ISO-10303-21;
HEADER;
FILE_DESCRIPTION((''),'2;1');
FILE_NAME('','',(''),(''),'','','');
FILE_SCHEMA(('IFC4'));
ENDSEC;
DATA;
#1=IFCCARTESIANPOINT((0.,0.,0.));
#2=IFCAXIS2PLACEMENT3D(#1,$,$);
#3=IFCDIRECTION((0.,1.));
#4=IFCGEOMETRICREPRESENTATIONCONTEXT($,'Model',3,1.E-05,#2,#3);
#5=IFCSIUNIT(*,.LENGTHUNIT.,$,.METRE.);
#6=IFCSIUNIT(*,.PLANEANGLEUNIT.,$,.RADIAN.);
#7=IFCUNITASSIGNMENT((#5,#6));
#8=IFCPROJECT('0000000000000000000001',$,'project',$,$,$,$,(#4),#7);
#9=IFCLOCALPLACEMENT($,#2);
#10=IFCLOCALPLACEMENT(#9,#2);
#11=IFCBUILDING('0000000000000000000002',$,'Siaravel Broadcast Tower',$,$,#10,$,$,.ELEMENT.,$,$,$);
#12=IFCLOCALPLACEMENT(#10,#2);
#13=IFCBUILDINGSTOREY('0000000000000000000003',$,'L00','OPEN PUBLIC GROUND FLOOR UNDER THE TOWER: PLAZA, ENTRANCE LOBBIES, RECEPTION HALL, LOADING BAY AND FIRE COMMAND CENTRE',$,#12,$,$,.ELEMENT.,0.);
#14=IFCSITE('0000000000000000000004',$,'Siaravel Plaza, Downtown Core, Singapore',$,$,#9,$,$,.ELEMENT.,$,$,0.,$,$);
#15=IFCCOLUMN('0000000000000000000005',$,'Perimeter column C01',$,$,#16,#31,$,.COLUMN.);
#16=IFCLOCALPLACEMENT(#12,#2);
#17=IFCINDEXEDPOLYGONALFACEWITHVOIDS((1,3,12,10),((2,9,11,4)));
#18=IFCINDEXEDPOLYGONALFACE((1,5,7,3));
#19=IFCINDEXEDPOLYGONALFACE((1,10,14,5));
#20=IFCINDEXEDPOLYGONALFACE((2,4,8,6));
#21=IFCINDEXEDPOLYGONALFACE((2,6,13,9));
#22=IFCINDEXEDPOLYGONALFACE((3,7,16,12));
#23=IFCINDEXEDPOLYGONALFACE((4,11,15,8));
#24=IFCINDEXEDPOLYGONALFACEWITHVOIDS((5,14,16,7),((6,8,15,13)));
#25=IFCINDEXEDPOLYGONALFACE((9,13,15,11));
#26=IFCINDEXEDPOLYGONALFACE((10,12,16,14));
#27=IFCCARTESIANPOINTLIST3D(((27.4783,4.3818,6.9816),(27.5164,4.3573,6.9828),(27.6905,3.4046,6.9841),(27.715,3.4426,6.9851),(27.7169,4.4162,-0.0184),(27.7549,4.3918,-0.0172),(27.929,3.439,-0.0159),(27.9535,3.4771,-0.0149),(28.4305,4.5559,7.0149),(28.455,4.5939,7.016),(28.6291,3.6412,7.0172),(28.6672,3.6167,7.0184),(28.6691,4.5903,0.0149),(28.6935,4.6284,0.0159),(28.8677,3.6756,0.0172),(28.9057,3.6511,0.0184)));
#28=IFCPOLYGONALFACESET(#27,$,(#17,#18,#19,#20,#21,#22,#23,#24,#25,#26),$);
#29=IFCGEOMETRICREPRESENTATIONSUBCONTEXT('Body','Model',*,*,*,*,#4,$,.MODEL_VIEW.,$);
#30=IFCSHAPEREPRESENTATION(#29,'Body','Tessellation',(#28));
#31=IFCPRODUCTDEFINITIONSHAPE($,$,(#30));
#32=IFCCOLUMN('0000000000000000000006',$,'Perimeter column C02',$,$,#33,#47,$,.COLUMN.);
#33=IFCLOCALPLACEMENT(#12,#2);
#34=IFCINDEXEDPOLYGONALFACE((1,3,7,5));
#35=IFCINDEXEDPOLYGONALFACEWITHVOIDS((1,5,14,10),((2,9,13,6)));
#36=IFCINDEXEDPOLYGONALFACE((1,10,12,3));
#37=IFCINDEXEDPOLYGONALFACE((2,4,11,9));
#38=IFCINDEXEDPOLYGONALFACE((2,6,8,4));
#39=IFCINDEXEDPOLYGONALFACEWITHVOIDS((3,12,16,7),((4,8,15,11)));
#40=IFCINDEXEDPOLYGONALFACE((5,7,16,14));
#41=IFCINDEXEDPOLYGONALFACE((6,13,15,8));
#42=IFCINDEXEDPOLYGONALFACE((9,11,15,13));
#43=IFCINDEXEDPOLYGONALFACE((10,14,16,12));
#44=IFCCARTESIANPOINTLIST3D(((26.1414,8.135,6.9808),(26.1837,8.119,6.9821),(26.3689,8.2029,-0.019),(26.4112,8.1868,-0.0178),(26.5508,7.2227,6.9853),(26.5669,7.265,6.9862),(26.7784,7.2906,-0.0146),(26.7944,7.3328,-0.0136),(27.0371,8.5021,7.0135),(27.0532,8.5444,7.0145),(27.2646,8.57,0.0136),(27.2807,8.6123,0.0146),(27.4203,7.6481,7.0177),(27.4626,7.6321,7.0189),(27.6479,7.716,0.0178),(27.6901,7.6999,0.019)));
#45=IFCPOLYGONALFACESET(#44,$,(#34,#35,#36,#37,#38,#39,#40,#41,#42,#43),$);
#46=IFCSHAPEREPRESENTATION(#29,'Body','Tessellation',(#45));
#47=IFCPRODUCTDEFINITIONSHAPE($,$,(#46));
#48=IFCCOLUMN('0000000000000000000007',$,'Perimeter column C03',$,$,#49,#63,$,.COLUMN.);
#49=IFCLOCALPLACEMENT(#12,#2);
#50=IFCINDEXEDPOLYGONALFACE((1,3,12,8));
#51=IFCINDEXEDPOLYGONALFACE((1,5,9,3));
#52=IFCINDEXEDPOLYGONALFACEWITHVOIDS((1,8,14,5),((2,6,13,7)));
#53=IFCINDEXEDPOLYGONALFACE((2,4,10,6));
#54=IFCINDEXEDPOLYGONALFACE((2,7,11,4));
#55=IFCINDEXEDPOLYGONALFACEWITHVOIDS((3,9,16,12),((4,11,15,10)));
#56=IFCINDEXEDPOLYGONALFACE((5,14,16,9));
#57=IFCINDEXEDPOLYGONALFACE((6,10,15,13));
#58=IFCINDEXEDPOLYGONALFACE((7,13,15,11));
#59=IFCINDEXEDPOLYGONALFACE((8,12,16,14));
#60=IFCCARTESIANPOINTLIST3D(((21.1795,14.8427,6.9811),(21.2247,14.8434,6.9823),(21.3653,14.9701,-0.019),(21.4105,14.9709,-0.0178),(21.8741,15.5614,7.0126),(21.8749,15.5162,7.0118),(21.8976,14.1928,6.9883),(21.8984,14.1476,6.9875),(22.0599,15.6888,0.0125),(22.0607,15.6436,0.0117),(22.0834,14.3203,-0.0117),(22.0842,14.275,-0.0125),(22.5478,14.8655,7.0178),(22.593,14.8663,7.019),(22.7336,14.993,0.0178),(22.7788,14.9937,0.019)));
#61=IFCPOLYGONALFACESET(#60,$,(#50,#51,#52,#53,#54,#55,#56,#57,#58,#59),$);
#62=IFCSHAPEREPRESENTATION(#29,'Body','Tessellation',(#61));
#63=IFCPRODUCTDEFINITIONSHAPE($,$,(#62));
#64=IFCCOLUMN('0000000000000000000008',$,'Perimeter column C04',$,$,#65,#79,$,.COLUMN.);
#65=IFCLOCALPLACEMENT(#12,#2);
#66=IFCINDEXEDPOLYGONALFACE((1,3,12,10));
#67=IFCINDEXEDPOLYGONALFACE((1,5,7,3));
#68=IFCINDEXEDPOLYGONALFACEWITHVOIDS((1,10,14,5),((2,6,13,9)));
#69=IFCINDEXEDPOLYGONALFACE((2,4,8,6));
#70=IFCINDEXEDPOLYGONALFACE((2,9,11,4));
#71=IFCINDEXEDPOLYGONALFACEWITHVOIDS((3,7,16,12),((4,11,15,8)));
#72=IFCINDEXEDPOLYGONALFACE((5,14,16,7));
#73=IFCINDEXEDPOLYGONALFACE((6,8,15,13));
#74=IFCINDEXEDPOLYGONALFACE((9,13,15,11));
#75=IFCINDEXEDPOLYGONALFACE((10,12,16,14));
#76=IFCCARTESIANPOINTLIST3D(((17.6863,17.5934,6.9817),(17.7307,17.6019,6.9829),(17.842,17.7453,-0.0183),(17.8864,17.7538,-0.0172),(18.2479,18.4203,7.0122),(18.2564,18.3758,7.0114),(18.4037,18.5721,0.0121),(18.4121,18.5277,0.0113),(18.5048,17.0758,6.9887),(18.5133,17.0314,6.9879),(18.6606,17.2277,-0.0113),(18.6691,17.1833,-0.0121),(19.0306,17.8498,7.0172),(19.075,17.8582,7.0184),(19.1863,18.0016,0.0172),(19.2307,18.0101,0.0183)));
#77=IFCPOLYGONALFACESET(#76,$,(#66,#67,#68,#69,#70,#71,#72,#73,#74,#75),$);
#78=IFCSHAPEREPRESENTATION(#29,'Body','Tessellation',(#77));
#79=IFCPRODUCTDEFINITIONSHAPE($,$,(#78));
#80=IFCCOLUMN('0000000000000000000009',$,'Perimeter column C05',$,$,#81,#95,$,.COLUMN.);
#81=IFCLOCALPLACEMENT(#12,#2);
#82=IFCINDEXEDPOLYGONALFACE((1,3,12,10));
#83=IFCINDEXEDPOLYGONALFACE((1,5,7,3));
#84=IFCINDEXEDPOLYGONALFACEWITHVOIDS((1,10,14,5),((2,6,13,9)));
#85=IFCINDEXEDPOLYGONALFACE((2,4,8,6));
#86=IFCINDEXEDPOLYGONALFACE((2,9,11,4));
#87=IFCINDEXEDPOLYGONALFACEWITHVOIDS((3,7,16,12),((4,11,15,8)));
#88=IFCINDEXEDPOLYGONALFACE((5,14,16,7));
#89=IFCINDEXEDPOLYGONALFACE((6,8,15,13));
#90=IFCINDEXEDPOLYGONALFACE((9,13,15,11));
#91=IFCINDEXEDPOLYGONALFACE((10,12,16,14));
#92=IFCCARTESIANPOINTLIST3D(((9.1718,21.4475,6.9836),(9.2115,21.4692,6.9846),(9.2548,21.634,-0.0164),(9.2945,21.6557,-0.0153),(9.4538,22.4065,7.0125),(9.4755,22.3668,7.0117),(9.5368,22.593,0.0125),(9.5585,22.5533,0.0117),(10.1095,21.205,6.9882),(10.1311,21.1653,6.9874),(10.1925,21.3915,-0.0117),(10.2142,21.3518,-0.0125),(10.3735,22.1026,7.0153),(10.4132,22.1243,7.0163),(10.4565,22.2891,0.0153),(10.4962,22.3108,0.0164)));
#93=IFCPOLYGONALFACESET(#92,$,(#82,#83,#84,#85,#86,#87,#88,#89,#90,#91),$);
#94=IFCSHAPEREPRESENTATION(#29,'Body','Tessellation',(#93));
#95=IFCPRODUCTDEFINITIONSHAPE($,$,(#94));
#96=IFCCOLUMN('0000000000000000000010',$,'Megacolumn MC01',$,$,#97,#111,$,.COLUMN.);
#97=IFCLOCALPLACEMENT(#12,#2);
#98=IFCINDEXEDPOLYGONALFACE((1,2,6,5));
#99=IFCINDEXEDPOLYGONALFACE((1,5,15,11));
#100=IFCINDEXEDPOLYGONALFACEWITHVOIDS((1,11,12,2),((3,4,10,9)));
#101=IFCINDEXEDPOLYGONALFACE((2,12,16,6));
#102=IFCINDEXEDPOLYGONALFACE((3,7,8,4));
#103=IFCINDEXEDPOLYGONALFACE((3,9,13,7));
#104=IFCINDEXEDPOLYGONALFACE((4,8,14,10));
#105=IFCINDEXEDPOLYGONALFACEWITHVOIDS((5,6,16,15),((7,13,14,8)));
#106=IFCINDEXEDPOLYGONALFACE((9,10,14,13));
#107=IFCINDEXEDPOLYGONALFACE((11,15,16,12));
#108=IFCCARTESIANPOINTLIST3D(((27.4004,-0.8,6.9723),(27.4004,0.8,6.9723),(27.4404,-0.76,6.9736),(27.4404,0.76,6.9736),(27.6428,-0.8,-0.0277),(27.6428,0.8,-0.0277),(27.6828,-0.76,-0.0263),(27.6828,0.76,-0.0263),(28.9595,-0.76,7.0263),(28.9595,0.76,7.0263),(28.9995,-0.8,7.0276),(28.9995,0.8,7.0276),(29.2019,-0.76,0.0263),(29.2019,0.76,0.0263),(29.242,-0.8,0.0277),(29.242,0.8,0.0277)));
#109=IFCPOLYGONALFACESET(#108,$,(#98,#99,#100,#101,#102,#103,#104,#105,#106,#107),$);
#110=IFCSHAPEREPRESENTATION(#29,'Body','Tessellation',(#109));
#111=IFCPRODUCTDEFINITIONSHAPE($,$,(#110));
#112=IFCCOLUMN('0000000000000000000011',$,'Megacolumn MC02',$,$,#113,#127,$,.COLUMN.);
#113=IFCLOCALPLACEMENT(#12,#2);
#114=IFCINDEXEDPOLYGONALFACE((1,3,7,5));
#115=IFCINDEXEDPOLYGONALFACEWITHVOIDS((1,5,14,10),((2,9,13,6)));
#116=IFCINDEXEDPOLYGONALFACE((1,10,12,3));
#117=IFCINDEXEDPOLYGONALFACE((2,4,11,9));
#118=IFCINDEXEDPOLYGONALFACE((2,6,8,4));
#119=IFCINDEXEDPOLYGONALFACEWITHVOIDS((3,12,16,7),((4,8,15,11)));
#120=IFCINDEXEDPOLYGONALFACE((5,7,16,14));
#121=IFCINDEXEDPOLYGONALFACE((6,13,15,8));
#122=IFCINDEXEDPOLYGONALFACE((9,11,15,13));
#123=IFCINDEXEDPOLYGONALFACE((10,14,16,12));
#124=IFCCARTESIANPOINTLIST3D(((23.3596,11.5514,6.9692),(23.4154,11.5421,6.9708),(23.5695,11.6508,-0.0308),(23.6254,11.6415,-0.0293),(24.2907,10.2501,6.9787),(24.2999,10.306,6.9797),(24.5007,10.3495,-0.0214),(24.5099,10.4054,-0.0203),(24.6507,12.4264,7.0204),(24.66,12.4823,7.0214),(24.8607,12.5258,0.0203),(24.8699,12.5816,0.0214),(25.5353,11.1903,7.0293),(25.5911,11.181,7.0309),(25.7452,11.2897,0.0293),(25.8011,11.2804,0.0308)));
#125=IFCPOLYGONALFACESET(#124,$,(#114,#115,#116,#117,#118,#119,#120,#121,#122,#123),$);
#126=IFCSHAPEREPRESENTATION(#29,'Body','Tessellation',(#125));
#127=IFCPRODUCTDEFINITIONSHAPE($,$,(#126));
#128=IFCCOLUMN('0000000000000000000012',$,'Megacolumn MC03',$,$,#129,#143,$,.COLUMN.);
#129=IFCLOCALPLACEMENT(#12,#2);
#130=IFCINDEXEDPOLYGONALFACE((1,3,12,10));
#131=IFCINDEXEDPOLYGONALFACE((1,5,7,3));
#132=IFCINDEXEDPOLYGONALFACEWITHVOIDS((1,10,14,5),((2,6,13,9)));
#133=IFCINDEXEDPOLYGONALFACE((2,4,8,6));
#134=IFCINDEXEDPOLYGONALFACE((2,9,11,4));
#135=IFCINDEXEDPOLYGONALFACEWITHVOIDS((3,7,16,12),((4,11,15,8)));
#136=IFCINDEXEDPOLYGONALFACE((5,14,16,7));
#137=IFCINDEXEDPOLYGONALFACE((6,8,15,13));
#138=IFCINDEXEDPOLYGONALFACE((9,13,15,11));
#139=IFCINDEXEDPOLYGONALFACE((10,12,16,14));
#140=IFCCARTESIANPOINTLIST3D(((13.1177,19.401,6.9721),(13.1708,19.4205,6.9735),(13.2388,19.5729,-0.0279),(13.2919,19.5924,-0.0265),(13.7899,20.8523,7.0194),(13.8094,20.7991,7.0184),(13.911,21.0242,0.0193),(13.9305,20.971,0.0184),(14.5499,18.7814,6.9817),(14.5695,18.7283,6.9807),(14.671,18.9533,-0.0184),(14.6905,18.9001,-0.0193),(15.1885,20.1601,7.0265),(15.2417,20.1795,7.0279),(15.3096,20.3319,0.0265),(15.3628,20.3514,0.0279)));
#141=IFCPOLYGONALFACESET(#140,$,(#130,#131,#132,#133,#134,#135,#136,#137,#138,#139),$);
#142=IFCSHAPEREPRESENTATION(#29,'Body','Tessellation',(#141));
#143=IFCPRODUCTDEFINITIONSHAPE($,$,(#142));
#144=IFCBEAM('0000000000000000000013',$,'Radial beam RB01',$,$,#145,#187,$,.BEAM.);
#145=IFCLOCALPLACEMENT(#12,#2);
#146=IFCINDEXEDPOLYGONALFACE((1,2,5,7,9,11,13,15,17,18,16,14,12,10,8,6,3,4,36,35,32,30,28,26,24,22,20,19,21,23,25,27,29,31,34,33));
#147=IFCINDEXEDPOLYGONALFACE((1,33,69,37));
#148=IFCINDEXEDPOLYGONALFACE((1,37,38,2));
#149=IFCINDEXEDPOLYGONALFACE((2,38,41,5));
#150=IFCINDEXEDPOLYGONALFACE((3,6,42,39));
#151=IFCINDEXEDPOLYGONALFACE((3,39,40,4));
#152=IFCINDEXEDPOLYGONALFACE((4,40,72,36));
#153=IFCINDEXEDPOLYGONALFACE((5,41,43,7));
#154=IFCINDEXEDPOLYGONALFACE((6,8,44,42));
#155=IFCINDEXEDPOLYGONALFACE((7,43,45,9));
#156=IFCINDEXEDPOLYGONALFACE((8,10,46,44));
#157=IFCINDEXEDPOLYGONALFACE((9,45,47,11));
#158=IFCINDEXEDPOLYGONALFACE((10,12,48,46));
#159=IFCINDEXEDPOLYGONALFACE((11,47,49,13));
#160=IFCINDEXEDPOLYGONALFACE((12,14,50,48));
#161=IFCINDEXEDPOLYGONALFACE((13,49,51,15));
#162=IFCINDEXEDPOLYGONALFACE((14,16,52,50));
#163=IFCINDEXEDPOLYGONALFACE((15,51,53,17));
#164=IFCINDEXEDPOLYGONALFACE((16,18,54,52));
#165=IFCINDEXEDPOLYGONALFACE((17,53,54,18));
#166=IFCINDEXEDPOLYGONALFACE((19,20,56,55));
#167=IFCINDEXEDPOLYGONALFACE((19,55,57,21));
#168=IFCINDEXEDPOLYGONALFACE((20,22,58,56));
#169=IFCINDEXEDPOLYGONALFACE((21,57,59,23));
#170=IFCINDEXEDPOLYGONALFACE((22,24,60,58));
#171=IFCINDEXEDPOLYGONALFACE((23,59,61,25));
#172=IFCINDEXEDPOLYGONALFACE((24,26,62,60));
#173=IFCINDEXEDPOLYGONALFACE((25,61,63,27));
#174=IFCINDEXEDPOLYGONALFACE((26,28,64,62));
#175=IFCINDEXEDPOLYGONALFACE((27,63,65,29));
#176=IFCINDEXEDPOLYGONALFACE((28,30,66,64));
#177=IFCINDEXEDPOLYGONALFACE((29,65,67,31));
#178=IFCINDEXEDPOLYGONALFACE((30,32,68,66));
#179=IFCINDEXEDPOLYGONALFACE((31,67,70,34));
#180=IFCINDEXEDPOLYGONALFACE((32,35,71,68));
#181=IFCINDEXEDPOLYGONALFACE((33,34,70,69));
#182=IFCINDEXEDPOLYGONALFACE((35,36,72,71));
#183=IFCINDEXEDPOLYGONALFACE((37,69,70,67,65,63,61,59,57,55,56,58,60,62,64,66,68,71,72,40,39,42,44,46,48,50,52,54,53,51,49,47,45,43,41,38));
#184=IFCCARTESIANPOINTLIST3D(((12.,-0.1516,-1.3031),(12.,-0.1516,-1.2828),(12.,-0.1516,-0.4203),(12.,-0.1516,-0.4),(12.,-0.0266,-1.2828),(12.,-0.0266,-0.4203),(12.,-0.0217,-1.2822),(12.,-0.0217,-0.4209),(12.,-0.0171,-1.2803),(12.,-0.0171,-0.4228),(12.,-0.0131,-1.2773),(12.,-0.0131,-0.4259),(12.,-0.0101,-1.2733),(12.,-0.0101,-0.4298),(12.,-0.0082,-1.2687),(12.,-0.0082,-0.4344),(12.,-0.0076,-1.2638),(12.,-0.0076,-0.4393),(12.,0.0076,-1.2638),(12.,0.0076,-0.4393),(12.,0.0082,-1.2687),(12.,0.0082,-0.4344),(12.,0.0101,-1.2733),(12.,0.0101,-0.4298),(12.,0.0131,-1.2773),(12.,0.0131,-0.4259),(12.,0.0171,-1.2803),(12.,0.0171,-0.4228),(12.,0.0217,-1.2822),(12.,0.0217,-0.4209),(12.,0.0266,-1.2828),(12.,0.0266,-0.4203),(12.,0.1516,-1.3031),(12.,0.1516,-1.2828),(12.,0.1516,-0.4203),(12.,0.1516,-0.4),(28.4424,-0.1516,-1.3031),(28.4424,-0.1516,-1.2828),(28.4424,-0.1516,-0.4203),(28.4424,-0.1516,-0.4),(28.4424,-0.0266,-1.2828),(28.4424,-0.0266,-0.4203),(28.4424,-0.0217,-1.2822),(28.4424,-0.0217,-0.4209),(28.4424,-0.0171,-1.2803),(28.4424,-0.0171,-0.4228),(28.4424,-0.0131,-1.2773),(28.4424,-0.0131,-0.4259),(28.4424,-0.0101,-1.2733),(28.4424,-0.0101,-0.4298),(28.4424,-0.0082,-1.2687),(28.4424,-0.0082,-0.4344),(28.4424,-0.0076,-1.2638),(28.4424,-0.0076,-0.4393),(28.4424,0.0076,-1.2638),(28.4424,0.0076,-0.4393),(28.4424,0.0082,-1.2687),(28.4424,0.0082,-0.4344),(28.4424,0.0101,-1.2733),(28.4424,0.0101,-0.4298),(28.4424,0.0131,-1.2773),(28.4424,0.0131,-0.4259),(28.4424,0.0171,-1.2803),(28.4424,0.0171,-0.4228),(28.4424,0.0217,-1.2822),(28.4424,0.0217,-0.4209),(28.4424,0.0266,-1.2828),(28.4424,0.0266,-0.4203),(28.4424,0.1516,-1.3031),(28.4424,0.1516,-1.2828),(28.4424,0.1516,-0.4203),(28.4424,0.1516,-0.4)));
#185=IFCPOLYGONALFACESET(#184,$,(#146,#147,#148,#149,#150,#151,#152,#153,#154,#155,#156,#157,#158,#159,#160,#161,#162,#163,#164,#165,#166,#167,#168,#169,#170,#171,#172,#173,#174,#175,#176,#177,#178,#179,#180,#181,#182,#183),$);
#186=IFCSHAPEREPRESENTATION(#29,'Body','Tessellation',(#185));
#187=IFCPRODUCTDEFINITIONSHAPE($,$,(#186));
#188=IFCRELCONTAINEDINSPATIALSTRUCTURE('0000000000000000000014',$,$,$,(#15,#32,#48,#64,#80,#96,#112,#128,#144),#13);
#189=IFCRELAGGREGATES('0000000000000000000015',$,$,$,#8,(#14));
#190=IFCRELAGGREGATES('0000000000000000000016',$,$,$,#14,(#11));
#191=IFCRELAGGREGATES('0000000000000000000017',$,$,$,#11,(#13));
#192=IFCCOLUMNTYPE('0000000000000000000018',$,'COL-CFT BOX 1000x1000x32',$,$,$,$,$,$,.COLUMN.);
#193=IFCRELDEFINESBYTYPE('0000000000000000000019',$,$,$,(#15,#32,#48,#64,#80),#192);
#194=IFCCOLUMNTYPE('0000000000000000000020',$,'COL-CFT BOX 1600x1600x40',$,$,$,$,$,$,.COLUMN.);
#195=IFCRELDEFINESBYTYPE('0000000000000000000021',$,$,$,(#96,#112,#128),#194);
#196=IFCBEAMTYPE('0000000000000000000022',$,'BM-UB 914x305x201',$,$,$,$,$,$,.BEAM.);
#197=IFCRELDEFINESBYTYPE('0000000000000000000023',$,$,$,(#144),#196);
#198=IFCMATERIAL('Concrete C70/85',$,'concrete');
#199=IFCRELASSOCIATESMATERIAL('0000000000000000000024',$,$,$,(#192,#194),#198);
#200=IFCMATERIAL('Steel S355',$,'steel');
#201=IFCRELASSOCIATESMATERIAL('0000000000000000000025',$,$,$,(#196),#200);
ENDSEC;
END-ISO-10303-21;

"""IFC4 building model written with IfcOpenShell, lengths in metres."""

from ifc_helpers import new_model, si_unit, direction, frame, origin, origin_2d, place, context, subcontext, project, spatial, hollow_rectangle, i_section, extrude, material, material_profile, profile_set, type_object, element, save


model = new_model("IFC4")

# Units and contexts
model_context = context("Model", 3, precision=1e-05, world=origin(), true_north=direction((0.0, 1.0)))
body_context = subcontext(model_context, "Body", "Model", "MODEL_VIEW")
ifc_project = project(units=[si_unit("LENGTHUNIT", "METRE"), si_unit("PLANEANGLEUNIT", "RADIAN")], contexts=[model_context])

# Site, building, storey
site_placement = place(None, origin())
site = spatial("IfcSite", under=ifc_project, at=site_placement, Name="Siaravel Plaza, Downtown Core, Singapore", CompositionType="ELEMENT", RefElevation=0.0)
building_placement = place(site_placement, origin())
building = spatial("IfcBuilding", under=site, at=building_placement, Name="Siaravel Broadcast Tower", CompositionType="ELEMENT")
storey_placement = place(building_placement, origin())
storey = spatial("IfcBuildingStorey", under=building, at=storey_placement, Name="L00", Description="OPEN PUBLIC GROUND FLOOR UNDER THE TOWER: PLAZA, ENTRANCE LOBBIES, RECEPTION HALL, LOADING BAY AND FIRE COMMAND CENTRE", CompositionType="ELEMENT", Elevation=0.0)

# Columns
ifc_material_1 = material(Name="Concrete C70/85", Category="concrete")
ifc_material_profile_1 = material_profile(ifc_material_1, hollow_rectangle(XDim=1.0, YDim=1.0, WallThickness=0.032, at=origin_2d()))
ifc_profile_set_1 = profile_set([ifc_material_profile_1], Name="Concrete C70/85")
column_type_1 = type_object("IfcColumnType", Name="COL-CFT BOX 1000x1000x32", PredefinedType="COLUMN", material=ifc_profile_set_1)
column_1_placement = place(storey_placement, frame((28.3113, 4.0337, 0.0), z_axis=(-0.034055, -0.004915, 0.999408), x_axis=(0.212174, -0.977229, 0.002424)))
element("IfcColumn", 1, at=column_1_placement, inside=storey, type_object=column_type_1, Name="Perimeter column C01", PredefinedType="COLUMN", context=body_context, shape_type="SweptSolid", body=[
    extrude(hollow_rectangle(XDim=1.0, YDim=1.0, WallThickness=0.032, at=origin_2d()), origin(), (0.0, 0.0, 1.0), 7.0042),
])
column_2_placement = place(storey_placement, frame((27.0295, 7.9514, 0.0), z_axis=(-0.032487, -0.00969, 0.999425), x_axis=(0.409436, -0.912328, 0.004463)))
element("IfcColumn", 2, at=column_2_placement, inside=storey, type_object=column_type_1, Name="Perimeter column C02", PredefinedType="COLUMN", context=body_context, shape_type="SweptSolid", body=[
    extrude(hollow_rectangle(XDim=1.0, YDim=1.0, WallThickness=0.032, at=origin_2d()), origin(), (0.0, 0.0, 1.0), 7.0039),
])
column_3_placement = place(storey_placement, frame((22.072, 14.9819, 0.0), z_axis=(-0.026528, -0.018196, 0.999482), x_axis=(0.7189, -0.695084, 0.006426)))
element("IfcColumn", 3, at=column_3_placement, inside=storey, type_object=column_type_1, Name="Perimeter column C03", PredefinedType="COLUMN", context=body_context, shape_type="SweptSolid", body=[
    extrude(hollow_rectangle(XDim=1.0, YDim=1.0, WallThickness=0.032, at=origin_2d()), origin(), (0.0, 0.0, 1.0), 7.0037),
])
column_4_placement = place(storey_placement, frame((18.5364, 17.8777, 0.0), z_axis=(-0.022241, -0.021683, 0.999517), x_axis=(0.827085, -0.562043, 0.006211)))
element("IfcColumn", 4, at=column_4_placement, inside=storey, type_object=column_type_1, Name="Perimeter column C04", PredefinedType="COLUMN", context=body_context, shape_type="SweptSolid", body=[
    extrude(hollow_rectangle(XDim=1.0, YDim=1.0, WallThickness=0.032, at=origin_2d()), origin(), (0.0, 0.0, 1.0), 7.0034),
])
column_5_placement = place(storey_placement, frame((9.8755, 21.9724, 0.0), z_axis=(-0.011853, -0.026635, 0.999575), x_axis=(0.959339, -0.282231, 0.003856)))
element("IfcColumn", 5, at=column_5_placement, inside=storey, type_object=column_type_1, Name="Perimeter column C05", PredefinedType="COLUMN", context=body_context, shape_type="SweptSolid", body=[
    extrude(hollow_rectangle(XDim=1.0, YDim=1.0, WallThickness=0.032, at=origin_2d()), origin(), (0.0, 0.0, 1.0), 7.0029),
])
ifc_material_profile_2 = material_profile(ifc_material_1, hollow_rectangle(XDim=1.6001, YDim=1.6001, WallThickness=0.04, at=origin_2d()))
ifc_profile_set_2 = profile_set([ifc_material_profile_2], Name="Concrete C70/85")
column_type_2 = type_object("IfcColumnType", Name="COL-CFT BOX 1600x1600x40", PredefinedType="COLUMN", material=ifc_profile_set_2)
column_6_placement = place(storey_placement, frame((28.4424, 0.0, 0.0), z_axis=(-0.034612, 0.0, 0.999401), x_axis=(0.0, -1.0, 0.0)))
element("IfcColumn", 6, at=column_6_placement, inside=storey, type_object=column_type_2, Name="Megacolumn MC01", PredefinedType="COLUMN", context=body_context, shape_type="SweptSolid", body=[
    extrude(hollow_rectangle(XDim=1.6001, YDim=1.6001, WallThickness=0.04, at=origin_2d()), origin(), (0.0, 0.0, 1.0), 7.0042),
])
column_7_placement = place(storey_placement, frame((24.6853, 11.4656, 0.0), z_axis=(-0.029978, -0.014187, 0.99945), x_axis=(0.581908, -0.813233, 0.00591)))
element("IfcColumn", 7, at=column_7_placement, inside=storey, type_object=column_type_2, Name="Megacolumn MC02", PredefinedType="COLUMN", context=body_context, shape_type="SweptSolid", body=[
    extrude(hollow_rectangle(XDim=1.6001, YDim=1.6001, WallThickness=0.04, at=origin_2d()), origin(), (0.0, 0.0, 1.0), 7.0039),
])
column_8_placement = place(storey_placement, frame((14.3008, 19.9622, 0.0), z_axis=(-0.017291, -0.024543, 0.999549), x_axis=(0.907303, -0.420444, 0.005372)))
element("IfcColumn", 8, at=column_8_placement, inside=storey, type_object=column_type_2, Name="Megacolumn MC03", PredefinedType="COLUMN", context=body_context, shape_type="SweptSolid", body=[
    extrude(hollow_rectangle(XDim=1.6001, YDim=1.6001, WallThickness=0.04, at=origin_2d()), origin(), (0.0, 0.0, 1.0), 7.0032),
])

# Beam
ifc_material_2 = material(Name="Steel S355", Category="steel")
ifc_material_profile_3 = material_profile(ifc_material_2, i_section(OverallWidth=0.3032, OverallDepth=0.9031, WebThickness=0.0151, FlangeThickness=0.0203, FilletRadius=0.019, at=origin_2d()))
ifc_profile_set_3 = profile_set([ifc_material_profile_3], Name="Steel S355")
beam_type = type_object("IfcBeamType", Name="BM-UB 914x305x201", PredefinedType="BEAM", material=ifc_profile_set_3)
beam_1_placement = place(storey_placement, frame((28.4424, 0.0, -0.8516), z_axis=(-1.0, 0.0, 0.0), x_axis=(0.0, -1.0, 0.0)))
element("IfcBeam", 9, at=beam_1_placement, inside=storey, type_object=beam_type, Name="Radial beam RB01", PredefinedType="BEAM", context=body_context, shape_type="SweptSolid", body=[
    extrude(i_section(OverallWidth=0.3032, OverallDepth=0.9031, WebThickness=0.0151, FlangeThickness=0.0203, FilletRadius=0.019, at=origin_2d()), origin(), (0.0, 0.0, 1.0), 16.4424),
])

save(model, "model.ifc")
